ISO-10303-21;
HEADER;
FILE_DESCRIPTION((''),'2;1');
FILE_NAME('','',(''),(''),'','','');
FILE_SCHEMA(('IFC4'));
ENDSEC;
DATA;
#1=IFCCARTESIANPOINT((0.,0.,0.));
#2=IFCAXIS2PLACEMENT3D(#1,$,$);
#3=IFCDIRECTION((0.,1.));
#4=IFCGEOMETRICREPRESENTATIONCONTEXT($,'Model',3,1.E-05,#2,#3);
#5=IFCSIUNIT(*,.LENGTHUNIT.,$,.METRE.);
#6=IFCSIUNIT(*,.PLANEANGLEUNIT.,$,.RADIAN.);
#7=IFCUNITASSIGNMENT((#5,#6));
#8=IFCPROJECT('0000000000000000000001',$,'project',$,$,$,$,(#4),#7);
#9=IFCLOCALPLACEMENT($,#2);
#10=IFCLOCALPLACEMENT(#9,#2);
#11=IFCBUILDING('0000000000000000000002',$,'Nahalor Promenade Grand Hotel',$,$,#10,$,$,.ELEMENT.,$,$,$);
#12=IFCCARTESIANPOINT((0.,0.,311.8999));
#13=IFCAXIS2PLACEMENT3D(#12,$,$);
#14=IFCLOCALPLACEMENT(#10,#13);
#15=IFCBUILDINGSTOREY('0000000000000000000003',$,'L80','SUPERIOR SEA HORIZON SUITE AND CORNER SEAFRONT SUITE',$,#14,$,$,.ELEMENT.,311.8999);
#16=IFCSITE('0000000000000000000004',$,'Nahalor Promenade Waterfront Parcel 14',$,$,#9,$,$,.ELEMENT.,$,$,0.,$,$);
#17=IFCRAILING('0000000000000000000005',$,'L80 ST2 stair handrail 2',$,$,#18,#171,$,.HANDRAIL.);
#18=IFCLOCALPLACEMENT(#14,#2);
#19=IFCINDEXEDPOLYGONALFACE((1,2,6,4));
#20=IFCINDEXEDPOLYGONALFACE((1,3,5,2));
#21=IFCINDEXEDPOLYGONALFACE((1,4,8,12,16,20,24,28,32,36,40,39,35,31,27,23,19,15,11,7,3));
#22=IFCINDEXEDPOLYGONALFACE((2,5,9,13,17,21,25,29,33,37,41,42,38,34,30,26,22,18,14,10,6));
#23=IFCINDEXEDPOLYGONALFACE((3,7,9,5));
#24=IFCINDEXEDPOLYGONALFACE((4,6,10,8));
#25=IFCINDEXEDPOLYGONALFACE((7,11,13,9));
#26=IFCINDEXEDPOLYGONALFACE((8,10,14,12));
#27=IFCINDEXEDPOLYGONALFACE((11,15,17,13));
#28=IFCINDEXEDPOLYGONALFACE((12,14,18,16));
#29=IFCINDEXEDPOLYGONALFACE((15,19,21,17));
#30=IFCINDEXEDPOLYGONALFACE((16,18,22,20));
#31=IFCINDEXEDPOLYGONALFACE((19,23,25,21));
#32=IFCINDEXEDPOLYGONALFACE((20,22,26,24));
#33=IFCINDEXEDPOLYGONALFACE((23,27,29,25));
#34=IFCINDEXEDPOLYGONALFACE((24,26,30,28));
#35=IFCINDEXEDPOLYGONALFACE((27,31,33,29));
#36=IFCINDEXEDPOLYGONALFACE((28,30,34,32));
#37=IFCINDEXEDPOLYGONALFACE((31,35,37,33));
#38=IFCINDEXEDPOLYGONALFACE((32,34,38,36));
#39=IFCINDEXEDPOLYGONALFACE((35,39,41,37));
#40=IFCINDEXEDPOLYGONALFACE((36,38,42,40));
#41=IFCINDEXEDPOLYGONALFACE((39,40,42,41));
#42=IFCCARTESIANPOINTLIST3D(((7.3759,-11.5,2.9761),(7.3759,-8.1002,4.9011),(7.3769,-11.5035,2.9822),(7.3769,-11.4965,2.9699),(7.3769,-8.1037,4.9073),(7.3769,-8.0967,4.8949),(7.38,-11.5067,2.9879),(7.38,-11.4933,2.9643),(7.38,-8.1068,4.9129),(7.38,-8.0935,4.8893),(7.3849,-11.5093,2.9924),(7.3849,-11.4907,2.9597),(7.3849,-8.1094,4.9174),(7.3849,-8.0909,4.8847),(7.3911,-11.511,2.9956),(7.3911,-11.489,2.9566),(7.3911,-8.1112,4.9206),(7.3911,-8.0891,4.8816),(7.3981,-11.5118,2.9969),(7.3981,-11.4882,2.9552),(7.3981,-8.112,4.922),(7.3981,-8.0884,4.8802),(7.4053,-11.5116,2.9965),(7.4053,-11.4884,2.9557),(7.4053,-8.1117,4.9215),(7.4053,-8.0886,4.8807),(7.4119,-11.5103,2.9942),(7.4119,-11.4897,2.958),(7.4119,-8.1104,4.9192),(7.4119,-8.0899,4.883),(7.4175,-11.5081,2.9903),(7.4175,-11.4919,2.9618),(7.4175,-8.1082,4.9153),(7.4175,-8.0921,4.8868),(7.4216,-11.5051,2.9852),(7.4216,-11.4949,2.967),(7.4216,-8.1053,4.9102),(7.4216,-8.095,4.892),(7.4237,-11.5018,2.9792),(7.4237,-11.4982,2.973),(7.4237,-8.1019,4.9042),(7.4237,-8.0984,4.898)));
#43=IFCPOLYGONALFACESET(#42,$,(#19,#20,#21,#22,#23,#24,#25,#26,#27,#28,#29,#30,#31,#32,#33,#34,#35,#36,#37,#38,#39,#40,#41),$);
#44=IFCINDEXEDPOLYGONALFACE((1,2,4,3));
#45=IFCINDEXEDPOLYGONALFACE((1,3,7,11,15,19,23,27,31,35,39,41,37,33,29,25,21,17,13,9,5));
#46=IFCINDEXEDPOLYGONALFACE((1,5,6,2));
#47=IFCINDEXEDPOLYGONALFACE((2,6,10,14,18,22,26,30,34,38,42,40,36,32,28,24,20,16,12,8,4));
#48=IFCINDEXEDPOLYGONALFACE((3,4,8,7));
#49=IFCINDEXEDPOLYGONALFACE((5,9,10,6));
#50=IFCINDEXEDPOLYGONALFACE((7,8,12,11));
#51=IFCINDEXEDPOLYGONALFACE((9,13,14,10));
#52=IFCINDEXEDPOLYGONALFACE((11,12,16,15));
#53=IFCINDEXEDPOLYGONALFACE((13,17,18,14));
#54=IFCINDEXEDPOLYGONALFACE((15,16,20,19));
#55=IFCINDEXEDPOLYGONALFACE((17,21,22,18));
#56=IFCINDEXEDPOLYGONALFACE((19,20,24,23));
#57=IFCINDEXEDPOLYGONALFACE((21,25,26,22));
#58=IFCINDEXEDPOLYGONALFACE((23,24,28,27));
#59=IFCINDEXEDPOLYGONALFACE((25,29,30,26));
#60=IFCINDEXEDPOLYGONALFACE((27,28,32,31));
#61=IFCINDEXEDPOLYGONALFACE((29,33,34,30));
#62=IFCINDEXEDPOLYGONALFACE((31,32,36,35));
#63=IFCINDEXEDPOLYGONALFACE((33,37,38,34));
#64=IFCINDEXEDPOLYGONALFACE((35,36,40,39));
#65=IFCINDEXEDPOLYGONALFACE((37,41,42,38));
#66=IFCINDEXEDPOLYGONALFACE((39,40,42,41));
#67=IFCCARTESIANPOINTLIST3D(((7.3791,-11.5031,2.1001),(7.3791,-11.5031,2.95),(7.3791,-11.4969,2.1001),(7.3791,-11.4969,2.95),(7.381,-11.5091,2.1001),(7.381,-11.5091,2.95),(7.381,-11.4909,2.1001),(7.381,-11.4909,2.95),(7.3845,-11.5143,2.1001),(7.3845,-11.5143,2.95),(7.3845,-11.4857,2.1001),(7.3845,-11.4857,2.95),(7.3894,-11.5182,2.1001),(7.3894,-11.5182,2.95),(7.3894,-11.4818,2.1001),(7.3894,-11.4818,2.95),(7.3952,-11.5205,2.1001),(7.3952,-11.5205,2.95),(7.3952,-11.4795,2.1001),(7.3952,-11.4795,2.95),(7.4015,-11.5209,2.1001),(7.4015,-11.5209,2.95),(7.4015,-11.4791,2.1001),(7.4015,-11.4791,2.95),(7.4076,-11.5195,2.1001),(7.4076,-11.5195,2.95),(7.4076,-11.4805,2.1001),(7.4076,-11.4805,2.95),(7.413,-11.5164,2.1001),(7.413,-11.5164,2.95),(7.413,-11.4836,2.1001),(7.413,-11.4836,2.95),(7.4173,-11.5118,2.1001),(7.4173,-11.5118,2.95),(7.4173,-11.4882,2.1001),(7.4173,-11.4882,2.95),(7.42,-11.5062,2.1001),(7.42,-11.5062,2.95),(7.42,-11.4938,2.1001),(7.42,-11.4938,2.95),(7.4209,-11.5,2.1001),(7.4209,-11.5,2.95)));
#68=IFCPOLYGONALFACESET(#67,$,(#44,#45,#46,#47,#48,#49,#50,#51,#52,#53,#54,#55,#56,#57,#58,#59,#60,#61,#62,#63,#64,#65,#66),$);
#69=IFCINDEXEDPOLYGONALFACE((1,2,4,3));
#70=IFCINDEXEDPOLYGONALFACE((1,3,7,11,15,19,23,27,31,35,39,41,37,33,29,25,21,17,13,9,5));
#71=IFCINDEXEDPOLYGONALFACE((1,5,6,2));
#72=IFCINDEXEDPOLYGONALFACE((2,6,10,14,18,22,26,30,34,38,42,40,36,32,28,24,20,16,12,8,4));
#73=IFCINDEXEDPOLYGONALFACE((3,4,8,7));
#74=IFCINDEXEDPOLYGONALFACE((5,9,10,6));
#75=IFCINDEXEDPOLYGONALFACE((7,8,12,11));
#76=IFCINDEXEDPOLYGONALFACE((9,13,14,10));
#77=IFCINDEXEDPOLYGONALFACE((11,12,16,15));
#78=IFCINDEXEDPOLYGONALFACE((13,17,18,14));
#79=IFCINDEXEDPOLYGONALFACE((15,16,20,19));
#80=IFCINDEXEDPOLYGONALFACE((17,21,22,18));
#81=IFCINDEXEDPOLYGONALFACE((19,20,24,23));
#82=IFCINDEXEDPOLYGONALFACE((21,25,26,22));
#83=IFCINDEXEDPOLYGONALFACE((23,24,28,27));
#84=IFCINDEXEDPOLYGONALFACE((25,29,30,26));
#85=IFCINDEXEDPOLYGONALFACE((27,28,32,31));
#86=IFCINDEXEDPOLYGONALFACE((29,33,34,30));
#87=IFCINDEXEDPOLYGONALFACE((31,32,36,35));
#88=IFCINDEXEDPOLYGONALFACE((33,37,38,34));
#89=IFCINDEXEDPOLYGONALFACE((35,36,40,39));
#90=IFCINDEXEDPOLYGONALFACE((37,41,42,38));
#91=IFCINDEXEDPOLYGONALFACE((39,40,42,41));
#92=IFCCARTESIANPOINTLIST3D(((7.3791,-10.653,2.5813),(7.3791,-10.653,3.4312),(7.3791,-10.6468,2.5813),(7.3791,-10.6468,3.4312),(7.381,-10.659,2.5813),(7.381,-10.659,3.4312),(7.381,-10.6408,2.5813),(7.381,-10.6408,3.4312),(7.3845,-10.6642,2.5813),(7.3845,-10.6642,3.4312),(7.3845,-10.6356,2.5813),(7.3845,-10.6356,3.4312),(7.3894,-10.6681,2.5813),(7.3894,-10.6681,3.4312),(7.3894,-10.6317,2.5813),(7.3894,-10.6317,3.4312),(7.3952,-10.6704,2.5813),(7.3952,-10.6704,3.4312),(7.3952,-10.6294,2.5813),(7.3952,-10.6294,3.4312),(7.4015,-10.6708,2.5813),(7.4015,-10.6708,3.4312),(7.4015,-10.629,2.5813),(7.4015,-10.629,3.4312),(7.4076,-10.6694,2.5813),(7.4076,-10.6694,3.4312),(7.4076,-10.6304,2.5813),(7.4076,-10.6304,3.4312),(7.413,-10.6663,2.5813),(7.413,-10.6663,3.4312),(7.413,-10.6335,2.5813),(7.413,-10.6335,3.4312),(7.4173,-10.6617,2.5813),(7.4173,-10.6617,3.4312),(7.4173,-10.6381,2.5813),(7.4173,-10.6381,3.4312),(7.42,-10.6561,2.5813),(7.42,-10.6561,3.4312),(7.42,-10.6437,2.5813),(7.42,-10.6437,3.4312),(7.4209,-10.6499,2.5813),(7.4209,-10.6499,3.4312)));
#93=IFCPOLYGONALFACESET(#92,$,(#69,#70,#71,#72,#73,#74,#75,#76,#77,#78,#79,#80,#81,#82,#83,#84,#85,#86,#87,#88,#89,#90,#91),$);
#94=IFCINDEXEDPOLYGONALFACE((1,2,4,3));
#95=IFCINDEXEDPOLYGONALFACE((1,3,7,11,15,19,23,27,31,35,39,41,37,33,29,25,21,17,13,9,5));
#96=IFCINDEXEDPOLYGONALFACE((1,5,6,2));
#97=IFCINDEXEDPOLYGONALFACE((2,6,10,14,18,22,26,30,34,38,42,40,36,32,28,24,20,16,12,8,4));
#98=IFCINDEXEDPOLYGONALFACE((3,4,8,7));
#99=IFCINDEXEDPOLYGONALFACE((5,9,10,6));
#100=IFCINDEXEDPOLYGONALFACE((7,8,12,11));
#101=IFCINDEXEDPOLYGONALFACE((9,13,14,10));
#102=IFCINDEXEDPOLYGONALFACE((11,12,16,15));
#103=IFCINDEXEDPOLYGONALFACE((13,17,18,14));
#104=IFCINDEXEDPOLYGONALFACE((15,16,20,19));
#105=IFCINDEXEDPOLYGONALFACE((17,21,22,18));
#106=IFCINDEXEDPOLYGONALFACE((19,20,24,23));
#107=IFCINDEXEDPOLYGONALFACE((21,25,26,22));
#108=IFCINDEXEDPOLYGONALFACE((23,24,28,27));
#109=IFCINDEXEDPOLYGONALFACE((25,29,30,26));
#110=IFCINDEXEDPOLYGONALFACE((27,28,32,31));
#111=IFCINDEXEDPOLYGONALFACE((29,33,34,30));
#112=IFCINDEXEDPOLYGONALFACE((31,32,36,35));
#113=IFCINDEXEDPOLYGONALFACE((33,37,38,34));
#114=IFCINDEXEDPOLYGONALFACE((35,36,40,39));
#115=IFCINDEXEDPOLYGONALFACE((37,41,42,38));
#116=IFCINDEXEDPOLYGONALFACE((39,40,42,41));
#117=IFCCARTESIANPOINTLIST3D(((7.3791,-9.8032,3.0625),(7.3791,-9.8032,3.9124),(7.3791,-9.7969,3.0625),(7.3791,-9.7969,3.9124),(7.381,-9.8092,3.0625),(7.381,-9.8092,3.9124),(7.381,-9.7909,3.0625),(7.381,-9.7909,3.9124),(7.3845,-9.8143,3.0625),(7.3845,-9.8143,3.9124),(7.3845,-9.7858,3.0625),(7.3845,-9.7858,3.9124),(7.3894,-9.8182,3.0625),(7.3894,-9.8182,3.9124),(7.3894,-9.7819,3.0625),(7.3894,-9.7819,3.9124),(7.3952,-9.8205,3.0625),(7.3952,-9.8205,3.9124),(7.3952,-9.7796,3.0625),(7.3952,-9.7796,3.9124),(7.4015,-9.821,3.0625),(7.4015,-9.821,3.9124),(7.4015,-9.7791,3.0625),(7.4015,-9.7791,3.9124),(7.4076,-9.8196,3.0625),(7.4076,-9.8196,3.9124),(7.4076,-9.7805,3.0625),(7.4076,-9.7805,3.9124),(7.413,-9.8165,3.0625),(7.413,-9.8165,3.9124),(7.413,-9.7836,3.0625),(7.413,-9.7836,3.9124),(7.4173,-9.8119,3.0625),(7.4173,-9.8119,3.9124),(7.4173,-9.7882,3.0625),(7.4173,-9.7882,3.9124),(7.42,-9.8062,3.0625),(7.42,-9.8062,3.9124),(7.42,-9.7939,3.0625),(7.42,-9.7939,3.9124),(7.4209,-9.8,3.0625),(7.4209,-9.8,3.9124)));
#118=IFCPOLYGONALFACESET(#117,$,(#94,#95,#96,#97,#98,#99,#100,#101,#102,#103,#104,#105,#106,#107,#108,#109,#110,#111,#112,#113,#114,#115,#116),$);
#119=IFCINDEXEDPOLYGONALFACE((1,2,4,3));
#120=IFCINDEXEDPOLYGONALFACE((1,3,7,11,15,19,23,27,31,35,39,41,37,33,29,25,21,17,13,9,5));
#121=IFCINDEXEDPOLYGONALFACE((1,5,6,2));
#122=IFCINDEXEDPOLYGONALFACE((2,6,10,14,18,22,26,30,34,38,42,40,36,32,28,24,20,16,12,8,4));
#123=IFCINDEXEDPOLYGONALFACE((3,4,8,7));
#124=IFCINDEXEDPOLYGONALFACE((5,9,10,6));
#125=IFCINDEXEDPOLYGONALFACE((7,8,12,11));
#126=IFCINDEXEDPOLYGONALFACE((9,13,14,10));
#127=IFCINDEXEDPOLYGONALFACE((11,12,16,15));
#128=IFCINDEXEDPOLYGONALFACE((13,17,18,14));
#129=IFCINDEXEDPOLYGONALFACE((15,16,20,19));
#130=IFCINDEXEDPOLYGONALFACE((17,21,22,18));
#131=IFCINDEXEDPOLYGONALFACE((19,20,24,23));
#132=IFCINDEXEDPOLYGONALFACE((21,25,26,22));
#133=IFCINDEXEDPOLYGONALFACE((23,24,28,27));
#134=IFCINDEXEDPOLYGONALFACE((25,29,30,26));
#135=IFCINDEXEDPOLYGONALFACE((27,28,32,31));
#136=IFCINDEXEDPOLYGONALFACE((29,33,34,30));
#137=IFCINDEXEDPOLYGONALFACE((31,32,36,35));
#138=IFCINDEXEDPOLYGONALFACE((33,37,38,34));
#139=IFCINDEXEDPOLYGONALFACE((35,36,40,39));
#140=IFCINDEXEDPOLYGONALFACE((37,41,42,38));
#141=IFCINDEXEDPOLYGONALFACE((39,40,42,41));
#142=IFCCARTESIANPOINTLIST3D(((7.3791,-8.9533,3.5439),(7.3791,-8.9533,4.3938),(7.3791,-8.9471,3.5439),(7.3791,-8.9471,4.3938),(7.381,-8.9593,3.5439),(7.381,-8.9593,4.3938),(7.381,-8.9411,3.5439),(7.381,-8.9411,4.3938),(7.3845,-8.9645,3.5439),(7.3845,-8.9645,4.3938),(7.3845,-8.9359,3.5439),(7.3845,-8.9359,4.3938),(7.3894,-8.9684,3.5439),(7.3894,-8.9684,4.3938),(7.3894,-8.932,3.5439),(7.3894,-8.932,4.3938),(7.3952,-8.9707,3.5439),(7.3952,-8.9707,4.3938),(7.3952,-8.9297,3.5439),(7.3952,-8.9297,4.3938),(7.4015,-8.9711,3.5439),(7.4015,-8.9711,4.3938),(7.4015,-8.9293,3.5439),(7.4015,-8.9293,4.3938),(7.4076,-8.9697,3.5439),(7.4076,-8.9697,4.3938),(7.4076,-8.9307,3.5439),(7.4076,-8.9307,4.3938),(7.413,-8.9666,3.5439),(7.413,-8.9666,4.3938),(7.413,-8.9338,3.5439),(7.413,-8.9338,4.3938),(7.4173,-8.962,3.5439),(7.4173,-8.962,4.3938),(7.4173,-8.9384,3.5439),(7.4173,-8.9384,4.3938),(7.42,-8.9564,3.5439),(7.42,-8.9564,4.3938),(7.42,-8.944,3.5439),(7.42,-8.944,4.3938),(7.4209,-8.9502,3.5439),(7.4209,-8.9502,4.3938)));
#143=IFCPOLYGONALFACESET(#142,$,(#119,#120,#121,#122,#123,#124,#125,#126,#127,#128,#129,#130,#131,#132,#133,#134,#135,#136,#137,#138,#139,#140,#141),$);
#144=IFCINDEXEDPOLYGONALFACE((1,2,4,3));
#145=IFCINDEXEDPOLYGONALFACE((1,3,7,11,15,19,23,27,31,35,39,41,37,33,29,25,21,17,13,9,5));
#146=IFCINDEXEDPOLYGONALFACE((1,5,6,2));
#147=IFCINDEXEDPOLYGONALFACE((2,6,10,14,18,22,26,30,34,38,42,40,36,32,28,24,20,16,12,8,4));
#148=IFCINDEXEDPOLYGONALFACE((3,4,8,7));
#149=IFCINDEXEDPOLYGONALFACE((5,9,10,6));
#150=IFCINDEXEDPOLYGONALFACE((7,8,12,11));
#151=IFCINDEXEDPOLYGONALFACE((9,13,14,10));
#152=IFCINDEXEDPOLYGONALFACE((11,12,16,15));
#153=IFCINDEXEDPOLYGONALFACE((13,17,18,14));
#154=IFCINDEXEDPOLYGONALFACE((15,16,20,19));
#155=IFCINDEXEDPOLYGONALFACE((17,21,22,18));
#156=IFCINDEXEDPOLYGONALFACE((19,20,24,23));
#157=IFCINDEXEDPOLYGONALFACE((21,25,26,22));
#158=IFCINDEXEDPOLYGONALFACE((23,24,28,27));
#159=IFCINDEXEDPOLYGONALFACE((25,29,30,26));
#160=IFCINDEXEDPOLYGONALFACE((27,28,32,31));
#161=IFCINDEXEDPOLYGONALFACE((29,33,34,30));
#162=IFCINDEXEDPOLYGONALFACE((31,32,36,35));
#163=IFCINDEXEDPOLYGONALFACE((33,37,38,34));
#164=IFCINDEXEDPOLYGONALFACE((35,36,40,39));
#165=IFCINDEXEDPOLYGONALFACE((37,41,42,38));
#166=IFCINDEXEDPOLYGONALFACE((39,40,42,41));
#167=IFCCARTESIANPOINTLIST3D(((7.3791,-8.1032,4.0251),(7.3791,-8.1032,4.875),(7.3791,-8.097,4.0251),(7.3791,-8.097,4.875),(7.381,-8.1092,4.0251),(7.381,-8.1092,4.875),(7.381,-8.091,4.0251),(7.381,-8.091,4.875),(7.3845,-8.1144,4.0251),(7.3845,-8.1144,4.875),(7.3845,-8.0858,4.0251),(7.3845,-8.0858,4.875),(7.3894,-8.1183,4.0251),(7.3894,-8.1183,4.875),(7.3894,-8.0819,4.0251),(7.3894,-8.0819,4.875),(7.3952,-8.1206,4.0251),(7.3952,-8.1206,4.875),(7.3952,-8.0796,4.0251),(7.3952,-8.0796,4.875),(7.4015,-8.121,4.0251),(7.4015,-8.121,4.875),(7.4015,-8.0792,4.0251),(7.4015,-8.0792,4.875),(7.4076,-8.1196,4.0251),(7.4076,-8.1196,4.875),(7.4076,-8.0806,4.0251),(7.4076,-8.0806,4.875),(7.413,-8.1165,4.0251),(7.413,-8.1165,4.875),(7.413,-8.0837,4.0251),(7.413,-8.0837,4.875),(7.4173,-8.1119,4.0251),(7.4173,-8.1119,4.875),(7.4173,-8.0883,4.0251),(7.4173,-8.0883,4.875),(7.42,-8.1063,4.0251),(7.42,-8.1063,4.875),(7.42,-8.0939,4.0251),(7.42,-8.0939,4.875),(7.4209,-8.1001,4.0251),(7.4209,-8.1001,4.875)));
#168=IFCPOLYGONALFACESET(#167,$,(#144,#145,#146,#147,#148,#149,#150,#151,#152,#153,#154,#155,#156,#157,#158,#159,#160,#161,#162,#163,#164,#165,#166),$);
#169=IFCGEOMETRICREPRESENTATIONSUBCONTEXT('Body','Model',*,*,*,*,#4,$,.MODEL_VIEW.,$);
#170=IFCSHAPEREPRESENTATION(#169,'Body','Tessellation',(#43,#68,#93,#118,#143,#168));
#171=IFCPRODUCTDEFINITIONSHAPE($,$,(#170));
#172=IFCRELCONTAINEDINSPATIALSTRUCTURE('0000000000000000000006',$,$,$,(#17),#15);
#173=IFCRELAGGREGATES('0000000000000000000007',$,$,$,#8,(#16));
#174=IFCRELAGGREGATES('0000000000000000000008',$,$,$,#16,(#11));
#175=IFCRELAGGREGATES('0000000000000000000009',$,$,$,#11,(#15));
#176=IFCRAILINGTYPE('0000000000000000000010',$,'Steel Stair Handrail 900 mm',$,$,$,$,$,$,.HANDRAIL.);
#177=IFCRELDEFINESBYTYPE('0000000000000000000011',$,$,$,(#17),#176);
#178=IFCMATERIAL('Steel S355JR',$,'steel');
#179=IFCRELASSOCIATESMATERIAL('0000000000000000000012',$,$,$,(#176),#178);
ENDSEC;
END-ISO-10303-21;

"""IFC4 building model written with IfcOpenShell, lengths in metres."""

from ifc_helpers import new_model, si_unit, direction, frame, origin, origin_2d, place, context, subcontext, project, spatial, circle, extrude, material, type_object, element, save


model = new_model("IFC4")

# Units and contexts
model_context = context("Model", 3, precision=1e-05, world=origin(), true_north=direction((0.0, 1.0)))
body_context = subcontext(model_context, "Body", "Model", "MODEL_VIEW")
ifc_project = project(units=[si_unit("LENGTHUNIT", "METRE"), si_unit("PLANEANGLEUNIT", "RADIAN")], contexts=[model_context])

# Site, building, storey
site_placement = place(None, origin())
site = spatial("IfcSite", under=ifc_project, at=site_placement, Name="Nahalor Promenade Waterfront Parcel 14", CompositionType="ELEMENT", RefElevation=0.0)
building_placement = place(site_placement, origin())
building = spatial("IfcBuilding", under=site, at=building_placement, Name="Nahalor Promenade Grand Hotel", CompositionType="ELEMENT")
storey_placement = place(building_placement, frame((0.0, 0.0, 311.8999)))
storey = spatial("IfcBuildingStorey", under=building, at=storey_placement, Name="L80", Description="SUPERIOR SEA HORIZON SUITE AND CORNER SEAFRONT SUITE", CompositionType="ELEMENT", Elevation=311.8999)

# Shared definitions
ifc_material_1 = material(Name="Steel S355JR", Category="steel")

# Railing
railing_type_1 = type_object("IfcRailingType", Name="Steel Stair Handrail 900 mm", PredefinedType="HANDRAIL", material=ifc_material_1)
railing_1_placement = place(storey_placement, frame((7.3999, -11.5, 2.1001)))
element("IfcRailing", 1, at=railing_1_placement, inside=storey, type_object=railing_type_1, Name="L80 ST2 stair handrail 2", PredefinedType="HANDRAIL", context=body_context, shape_type="SweptSolid", body=[
    extrude(circle(Radius=0.024, at=origin_2d()), frame((0.0, 0.0, 0.876), z_axis=(0.0, 0.870194, 0.49271), x_axis=(-1.0, 0.0, 0.0)), (0.0, 0.0, 1.0), 3.907),
    extrude(circle(Radius=0.021, at=origin_2d()), origin(), (0.0, 0.0, 1.0), 0.8499),
    extrude(circle(Radius=0.021, at=origin_2d()), frame((0.0, 0.8501, 0.4812)), (0.0, 0.0, 1.0), 0.8499),
    extrude(circle(Radius=0.021, at=origin_2d()), frame((0.0, 1.7, 0.9624)), (0.0, 0.0, 1.0), 0.8499),
    extrude(circle(Radius=0.021, at=origin_2d()), frame((0.0, 2.5498, 1.4438)), (0.0, 0.0, 1.0), 0.8499),
    extrude(circle(Radius=0.021, at=origin_2d()), frame((0.0, 3.3999, 1.925)), (0.0, 0.0, 1.0), 0.8499),
])

save(model, "model.ifc")
